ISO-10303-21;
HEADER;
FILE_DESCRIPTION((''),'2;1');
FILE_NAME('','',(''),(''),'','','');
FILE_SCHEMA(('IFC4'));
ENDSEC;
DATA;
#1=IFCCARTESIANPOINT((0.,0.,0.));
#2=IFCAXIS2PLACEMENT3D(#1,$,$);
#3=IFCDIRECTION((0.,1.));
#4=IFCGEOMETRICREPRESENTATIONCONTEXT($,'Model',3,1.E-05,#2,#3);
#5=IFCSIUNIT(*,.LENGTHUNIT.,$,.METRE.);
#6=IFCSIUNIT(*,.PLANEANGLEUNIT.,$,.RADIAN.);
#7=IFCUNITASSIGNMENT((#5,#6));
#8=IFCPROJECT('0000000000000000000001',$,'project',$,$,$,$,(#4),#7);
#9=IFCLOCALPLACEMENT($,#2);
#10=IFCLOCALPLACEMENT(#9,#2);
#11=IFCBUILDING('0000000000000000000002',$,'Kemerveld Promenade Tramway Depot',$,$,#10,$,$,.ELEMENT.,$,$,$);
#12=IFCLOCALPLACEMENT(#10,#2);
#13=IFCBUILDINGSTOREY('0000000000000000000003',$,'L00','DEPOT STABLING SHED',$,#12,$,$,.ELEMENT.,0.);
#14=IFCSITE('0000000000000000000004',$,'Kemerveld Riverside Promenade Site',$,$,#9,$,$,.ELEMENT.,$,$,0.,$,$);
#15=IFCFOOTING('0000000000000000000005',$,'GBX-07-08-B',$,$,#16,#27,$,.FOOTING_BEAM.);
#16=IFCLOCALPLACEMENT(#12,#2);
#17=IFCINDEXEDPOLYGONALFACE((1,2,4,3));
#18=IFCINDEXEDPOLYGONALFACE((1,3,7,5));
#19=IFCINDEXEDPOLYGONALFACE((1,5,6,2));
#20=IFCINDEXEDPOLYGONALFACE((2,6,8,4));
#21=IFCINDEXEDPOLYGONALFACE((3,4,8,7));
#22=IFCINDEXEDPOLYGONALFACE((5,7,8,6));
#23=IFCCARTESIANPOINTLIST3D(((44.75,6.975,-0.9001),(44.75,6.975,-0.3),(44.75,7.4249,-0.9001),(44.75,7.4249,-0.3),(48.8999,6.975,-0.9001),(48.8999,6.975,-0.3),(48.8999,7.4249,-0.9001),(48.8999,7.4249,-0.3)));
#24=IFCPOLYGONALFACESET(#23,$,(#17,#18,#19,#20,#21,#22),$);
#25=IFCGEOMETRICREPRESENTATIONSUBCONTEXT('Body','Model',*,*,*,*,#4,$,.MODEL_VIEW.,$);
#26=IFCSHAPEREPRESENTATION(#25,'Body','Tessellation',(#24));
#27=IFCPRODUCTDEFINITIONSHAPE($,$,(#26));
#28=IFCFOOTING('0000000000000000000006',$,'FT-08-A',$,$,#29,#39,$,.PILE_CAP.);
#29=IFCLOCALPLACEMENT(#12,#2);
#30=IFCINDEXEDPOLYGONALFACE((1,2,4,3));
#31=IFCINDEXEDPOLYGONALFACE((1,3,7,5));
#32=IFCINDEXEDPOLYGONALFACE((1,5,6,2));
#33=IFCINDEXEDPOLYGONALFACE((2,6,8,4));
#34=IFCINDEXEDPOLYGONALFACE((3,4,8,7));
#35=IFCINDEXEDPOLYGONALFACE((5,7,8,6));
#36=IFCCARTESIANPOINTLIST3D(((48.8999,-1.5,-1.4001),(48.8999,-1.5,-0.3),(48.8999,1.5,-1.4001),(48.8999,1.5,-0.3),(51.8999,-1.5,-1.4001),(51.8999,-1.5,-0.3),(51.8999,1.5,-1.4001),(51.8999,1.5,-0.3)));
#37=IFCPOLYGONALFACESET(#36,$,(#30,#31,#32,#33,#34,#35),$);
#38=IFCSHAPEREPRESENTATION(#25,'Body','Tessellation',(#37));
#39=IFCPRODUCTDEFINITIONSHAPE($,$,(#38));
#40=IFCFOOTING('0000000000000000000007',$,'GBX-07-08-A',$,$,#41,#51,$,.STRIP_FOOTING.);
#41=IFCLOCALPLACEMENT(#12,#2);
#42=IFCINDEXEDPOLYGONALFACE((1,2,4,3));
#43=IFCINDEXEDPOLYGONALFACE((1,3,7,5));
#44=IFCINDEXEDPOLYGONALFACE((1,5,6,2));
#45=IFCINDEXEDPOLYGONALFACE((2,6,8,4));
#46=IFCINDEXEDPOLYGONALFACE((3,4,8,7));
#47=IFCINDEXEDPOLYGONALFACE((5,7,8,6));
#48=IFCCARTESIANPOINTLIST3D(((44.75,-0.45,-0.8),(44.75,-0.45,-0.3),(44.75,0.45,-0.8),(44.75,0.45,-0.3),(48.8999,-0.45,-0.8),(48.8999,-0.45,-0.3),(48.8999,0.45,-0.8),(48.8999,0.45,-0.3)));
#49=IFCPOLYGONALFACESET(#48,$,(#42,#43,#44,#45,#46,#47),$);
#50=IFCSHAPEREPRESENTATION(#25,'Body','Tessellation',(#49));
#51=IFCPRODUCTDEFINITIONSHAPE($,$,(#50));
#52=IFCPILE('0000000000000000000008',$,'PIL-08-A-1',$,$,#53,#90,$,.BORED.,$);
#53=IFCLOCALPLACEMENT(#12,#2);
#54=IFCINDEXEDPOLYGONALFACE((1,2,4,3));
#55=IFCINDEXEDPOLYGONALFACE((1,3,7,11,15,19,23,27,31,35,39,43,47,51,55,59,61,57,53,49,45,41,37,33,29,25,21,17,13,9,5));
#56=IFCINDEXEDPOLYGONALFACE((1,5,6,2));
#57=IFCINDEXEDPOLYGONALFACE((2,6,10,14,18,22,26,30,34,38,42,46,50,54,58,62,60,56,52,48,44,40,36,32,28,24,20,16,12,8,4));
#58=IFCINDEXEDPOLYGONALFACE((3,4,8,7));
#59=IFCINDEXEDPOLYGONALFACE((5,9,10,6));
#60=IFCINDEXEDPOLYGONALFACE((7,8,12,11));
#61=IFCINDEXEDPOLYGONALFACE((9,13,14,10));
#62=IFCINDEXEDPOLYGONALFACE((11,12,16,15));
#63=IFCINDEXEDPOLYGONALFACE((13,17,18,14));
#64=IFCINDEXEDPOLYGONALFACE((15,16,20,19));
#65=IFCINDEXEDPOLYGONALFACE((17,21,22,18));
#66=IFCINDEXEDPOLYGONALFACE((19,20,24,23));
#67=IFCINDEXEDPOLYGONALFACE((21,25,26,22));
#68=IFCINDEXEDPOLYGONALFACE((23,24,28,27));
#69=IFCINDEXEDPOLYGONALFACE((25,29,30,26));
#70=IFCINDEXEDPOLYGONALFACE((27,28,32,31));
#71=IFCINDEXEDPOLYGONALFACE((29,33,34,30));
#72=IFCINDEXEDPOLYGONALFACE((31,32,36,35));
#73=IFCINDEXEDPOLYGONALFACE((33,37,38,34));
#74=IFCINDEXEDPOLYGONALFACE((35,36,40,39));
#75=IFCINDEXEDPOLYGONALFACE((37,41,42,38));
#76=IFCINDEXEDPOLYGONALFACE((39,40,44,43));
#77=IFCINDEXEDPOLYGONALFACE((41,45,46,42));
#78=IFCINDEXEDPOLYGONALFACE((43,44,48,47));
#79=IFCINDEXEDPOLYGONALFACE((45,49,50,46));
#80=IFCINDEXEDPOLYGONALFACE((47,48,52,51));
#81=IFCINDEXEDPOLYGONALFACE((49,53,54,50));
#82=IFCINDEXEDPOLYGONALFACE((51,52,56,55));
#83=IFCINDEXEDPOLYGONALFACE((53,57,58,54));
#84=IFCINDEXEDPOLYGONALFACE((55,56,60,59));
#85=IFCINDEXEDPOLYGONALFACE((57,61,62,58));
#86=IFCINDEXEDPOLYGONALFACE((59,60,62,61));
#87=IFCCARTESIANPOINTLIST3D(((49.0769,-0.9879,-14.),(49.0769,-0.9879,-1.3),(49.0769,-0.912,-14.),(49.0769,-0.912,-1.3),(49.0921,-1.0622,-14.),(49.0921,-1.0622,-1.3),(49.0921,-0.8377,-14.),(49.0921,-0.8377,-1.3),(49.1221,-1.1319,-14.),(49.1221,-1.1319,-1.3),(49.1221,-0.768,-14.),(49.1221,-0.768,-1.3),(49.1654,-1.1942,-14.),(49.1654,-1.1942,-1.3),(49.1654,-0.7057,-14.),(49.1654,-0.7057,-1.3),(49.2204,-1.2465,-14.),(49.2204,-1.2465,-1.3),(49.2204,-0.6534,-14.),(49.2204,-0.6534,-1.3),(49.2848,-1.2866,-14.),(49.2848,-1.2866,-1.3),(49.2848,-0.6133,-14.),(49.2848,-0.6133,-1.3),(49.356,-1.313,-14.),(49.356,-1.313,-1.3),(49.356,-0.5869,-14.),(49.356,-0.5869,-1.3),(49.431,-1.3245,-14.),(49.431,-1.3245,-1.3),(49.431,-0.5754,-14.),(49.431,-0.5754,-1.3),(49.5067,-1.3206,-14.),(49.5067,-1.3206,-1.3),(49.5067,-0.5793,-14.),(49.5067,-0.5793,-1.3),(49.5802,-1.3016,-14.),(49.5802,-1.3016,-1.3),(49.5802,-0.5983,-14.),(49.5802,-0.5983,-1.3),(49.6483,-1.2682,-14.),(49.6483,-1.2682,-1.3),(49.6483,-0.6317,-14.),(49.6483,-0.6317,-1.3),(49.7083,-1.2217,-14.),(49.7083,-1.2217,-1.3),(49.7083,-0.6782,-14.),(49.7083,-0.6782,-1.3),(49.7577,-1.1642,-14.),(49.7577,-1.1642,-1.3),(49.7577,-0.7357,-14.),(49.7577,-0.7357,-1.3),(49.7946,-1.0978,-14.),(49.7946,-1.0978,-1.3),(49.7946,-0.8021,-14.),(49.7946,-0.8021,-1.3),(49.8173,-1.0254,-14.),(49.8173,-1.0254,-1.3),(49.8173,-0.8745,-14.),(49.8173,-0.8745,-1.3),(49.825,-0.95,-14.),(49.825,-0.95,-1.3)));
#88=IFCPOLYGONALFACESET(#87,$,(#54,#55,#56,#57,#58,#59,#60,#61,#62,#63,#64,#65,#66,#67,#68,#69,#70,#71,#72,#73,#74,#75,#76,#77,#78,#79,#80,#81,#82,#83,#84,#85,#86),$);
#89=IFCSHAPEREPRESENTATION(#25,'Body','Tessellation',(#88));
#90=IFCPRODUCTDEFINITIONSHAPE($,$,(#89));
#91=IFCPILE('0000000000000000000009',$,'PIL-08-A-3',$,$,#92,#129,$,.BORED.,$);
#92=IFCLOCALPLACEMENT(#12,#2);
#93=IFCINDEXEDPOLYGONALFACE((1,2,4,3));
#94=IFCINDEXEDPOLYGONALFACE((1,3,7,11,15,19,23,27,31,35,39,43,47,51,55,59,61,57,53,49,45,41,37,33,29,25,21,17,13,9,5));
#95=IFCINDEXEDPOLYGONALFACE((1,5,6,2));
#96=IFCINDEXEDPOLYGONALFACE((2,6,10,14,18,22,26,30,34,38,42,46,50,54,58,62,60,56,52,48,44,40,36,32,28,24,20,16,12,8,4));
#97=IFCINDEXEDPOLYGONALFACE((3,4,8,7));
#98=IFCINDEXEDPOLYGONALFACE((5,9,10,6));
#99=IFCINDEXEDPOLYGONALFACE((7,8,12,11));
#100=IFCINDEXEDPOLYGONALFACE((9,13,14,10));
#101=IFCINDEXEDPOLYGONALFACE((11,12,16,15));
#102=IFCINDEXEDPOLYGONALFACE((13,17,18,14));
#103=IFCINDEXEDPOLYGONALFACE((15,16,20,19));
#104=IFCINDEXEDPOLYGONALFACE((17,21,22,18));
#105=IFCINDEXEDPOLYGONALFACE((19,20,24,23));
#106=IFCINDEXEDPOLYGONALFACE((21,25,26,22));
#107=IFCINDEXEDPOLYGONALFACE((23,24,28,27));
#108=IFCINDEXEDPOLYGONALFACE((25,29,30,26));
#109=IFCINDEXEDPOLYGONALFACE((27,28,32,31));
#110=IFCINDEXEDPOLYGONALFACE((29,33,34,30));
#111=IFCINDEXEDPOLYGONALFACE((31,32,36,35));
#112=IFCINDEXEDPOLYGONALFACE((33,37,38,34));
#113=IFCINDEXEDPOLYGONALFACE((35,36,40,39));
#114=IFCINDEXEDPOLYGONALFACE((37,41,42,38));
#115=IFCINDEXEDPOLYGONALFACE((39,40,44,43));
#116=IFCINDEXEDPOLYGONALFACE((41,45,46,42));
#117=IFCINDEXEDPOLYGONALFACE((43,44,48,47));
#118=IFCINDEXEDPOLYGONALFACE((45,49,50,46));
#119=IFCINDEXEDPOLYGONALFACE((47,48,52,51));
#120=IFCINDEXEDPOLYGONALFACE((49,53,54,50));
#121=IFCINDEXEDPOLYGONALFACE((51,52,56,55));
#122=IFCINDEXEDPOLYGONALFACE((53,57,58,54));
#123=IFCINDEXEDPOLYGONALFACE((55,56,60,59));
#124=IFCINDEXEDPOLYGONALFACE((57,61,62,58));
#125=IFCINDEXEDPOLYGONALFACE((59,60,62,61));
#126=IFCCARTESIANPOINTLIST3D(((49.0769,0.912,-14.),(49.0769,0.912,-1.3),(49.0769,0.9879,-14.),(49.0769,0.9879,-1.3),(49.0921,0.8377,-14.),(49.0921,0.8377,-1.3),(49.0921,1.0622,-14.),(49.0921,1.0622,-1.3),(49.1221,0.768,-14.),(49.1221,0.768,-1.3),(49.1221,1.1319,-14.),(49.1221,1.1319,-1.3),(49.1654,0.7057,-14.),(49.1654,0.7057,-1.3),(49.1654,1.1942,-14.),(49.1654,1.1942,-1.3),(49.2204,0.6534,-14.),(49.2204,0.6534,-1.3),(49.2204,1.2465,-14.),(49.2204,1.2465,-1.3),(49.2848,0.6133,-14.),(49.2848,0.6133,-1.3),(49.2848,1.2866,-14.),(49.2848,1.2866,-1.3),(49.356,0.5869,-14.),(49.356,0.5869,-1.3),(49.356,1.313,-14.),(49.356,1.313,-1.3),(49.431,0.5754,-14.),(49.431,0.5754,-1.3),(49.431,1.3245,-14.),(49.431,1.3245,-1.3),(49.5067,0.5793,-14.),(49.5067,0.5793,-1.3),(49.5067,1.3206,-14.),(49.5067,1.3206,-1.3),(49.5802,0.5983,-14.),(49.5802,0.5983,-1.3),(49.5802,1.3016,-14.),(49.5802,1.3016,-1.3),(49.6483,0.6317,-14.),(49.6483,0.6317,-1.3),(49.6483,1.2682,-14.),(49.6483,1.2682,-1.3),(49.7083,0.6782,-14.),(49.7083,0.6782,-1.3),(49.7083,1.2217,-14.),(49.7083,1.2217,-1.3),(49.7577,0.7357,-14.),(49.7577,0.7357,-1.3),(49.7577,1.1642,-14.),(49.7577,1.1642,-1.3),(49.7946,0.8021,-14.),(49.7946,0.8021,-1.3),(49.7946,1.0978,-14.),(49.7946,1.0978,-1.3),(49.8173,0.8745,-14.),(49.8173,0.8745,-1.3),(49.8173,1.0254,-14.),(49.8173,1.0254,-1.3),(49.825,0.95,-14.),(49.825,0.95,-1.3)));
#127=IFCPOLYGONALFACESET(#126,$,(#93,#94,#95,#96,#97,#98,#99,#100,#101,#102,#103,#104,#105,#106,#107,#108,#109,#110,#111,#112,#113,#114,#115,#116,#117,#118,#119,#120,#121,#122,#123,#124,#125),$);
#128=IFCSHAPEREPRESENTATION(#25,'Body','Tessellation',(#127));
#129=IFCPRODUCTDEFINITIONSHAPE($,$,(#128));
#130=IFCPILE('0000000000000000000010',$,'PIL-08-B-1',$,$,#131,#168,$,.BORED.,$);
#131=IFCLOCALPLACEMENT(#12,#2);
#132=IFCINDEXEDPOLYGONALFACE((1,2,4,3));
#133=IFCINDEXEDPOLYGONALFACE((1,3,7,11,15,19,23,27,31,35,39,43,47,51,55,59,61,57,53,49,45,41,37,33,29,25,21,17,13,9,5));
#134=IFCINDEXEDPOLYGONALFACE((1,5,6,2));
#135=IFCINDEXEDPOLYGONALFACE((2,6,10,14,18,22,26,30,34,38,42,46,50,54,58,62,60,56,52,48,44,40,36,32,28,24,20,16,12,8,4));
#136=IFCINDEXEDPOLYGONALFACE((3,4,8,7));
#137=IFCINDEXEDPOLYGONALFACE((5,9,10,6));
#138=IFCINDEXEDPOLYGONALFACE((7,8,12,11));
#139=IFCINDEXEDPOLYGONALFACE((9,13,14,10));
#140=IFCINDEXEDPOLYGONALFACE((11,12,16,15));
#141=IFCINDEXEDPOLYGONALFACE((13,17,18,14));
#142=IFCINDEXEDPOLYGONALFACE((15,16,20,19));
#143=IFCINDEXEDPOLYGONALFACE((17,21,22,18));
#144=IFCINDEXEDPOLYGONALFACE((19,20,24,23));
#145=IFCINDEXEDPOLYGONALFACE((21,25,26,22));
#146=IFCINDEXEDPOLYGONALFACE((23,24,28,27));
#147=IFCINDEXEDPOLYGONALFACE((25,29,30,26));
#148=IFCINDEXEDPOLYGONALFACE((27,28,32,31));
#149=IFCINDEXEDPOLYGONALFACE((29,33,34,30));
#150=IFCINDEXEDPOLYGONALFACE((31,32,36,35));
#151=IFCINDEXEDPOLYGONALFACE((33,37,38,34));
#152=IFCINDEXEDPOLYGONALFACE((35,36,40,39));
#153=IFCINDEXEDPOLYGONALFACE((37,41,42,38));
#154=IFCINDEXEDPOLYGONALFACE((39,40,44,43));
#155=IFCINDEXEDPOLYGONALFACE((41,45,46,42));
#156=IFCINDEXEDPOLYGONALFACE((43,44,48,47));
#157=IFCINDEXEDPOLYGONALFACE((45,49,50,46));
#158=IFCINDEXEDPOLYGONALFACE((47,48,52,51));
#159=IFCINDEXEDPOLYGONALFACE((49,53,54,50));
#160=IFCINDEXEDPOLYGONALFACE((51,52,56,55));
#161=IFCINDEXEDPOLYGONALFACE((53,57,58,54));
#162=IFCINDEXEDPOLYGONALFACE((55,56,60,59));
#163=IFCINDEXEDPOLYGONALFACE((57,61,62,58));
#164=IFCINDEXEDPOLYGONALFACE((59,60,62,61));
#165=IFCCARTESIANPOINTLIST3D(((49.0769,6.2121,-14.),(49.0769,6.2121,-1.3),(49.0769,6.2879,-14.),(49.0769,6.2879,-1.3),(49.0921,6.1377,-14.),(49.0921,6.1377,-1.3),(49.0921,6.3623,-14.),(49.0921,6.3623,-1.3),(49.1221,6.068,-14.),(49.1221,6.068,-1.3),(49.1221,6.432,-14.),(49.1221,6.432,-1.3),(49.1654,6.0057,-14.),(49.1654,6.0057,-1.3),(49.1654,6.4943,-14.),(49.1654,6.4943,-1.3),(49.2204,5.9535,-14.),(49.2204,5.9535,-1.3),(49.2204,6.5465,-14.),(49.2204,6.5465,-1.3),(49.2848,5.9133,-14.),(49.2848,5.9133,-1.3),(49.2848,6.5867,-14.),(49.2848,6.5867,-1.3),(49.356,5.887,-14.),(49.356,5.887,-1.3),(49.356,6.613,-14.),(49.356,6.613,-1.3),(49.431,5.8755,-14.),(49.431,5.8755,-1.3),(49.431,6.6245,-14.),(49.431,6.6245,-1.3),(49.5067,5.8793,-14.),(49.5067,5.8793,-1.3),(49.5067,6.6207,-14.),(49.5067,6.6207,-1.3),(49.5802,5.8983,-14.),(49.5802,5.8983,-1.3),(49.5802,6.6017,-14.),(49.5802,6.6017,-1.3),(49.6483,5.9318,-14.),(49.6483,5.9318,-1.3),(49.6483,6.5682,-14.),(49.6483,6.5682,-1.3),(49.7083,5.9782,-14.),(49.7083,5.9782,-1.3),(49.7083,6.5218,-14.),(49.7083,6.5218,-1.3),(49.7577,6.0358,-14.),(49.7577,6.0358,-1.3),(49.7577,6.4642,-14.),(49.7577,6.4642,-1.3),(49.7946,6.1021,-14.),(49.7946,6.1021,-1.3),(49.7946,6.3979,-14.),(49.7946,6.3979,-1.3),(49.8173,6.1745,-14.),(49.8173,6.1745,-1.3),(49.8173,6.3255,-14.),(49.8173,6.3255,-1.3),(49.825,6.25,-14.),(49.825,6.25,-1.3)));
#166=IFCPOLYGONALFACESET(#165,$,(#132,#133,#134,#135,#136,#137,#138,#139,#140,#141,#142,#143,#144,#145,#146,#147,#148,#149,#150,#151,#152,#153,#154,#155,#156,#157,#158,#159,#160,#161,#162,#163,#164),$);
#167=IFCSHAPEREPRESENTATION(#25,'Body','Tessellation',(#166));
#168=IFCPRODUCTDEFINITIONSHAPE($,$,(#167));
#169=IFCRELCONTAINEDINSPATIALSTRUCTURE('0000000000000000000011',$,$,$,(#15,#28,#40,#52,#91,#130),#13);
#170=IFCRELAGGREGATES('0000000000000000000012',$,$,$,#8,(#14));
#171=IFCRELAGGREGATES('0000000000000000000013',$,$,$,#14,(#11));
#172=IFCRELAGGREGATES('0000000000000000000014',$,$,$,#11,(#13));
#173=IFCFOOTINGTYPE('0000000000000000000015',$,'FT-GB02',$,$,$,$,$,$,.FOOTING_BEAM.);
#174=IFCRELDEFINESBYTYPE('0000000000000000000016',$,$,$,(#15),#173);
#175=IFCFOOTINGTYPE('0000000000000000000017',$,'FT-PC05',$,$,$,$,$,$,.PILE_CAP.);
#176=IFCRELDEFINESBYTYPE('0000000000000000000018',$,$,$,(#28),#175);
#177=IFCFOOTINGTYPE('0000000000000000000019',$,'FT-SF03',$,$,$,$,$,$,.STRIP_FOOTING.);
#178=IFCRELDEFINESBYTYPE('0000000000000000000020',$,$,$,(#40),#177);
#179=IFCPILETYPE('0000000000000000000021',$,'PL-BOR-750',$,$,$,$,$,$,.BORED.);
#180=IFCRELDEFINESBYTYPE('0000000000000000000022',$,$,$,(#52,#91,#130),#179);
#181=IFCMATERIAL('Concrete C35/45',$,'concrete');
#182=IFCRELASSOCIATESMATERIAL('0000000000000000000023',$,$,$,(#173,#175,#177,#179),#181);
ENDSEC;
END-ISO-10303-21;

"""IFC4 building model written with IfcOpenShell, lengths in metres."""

from ifc_helpers import new_model, si_unit, direction, frame, origin, origin_2d, place, context, subcontext, project, spatial, rectangle, circle, extrude, material, material_profile, profile_set, type_object, element, save


model = new_model("IFC4")

# Units and contexts
model_context = context("Model", 3, precision=1e-05, world=origin(), true_north=direction((0.0, 1.0)))
body_context = subcontext(model_context, "Body", "Model", "MODEL_VIEW")
ifc_project = project(units=[si_unit("LENGTHUNIT", "METRE"), si_unit("PLANEANGLEUNIT", "RADIAN")], contexts=[model_context])

# Site, building, storey
site_placement = place(None, origin())
site = spatial("IfcSite", under=ifc_project, at=site_placement, Name="Kemerveld Riverside Promenade Site", CompositionType="ELEMENT", RefElevation=0.0)
building_placement = place(site_placement, origin())
building = spatial("IfcBuilding", under=site, at=building_placement, Name="Kemerveld Promenade Tramway Depot", CompositionType="ELEMENT")
storey_placement = place(building_placement, origin())
storey = spatial("IfcBuildingStorey", under=building, at=storey_placement, Name="L00", Description="DEPOT STABLING SHED", CompositionType="ELEMENT", Elevation=0.0)

# Footings
ifc_material_1 = material(Name="Concrete C35/45", Category="concrete")
footing_type_1 = type_object("IfcFootingType", Name="FT-GB02", PredefinedType="FOOTING_BEAM", material=ifc_material_1)
footing_1_placement = place(storey_placement, frame((46.825, 7.2, -0.9001), z_axis=(0.0, 0.0, 1.0), x_axis=(1.0, 0.0, 0.0)))
element("IfcFooting", 1, at=footing_1_placement, inside=storey, type_object=footing_type_1, Name="GBX-07-08-B", PredefinedType="FOOTING_BEAM", context=body_context, shape_type="SweptSolid", body=[
    extrude(rectangle(XDim=4.1499, YDim=0.45, at=origin_2d()), origin(), (0.0, 0.0, 1.0), 0.6001),
])
footing_type_2 = type_object("IfcFootingType", Name="FT-PC05", PredefinedType="PILE_CAP", material=ifc_material_1)
footing_2_placement = place(storey_placement, frame((50.3999, 0.0, -1.4001), z_axis=(0.0, 0.0, 1.0), x_axis=(1.0, 0.0, 0.0)))
element("IfcFooting", 2, at=footing_2_placement, inside=storey, type_object=footing_type_2, Name="FT-08-A", PredefinedType="PILE_CAP", context=body_context, shape_type="SweptSolid", body=[
    extrude(rectangle(XDim=3.0, YDim=3.0, at=origin_2d()), origin(), (0.0, 0.0, 1.0), 1.1001),
])
footing_type_3 = type_object("IfcFootingType", Name="FT-SF03", PredefinedType="STRIP_FOOTING", material=ifc_material_1)
footing_3_placement = place(storey_placement, frame((46.825, 0.0, -0.8), z_axis=(0.0, 0.0, 1.0), x_axis=(1.0, 0.0, 0.0)))
element("IfcFooting", 3, at=footing_3_placement, inside=storey, type_object=footing_type_3, Name="GBX-07-08-A", PredefinedType="STRIP_FOOTING", context=body_context, shape_type="SweptSolid", body=[
    extrude(rectangle(XDim=4.1499, YDim=0.8999, at=origin_2d()), origin(), (0.0, 0.0, 1.0), 0.5),
])

# Piles
ifc_material_profile_1 = material_profile(ifc_material_1, circle(Radius=0.375, at=origin_2d()), Name="PILE-D750")
ifc_profile_set_1 = profile_set([ifc_material_profile_1], Name="Concrete C35/45")
pile_type = type_object("IfcPileType", Name="PL-BOR-750", PredefinedType="BORED", material=ifc_profile_set_1)
for number, where, z_axis, x_axis, name in (
    (4, (49.45, -0.95, -1.3), (0.0, 0.0, -1.0), (1.0, 0.0, 0.0), "PIL-08-A-1"),
    (5, (49.45, 0.95, -1.3), (0.0, 0.0, -1.0), (1.0, 0.0, 0.0), "PIL-08-A-3"),
    (6, (49.45, 6.25, -1.3), (0.0, 0.0, -1.0), (1.0, 0.0, 0.0), "PIL-08-B-1"),
):
    element("IfcPile", number, at=place(storey_placement, frame(where, z_axis=z_axis, x_axis=x_axis)), inside=storey, type_object=pile_type, Name=name, PredefinedType="BORED", context=body_context, shape_type="SweptSolid", body=[
        extrude(circle(Radius=0.375, at=origin_2d()), origin(), (0.0, 0.0, 1.0), 12.7),
    ])

save(model, "model.ifc")
